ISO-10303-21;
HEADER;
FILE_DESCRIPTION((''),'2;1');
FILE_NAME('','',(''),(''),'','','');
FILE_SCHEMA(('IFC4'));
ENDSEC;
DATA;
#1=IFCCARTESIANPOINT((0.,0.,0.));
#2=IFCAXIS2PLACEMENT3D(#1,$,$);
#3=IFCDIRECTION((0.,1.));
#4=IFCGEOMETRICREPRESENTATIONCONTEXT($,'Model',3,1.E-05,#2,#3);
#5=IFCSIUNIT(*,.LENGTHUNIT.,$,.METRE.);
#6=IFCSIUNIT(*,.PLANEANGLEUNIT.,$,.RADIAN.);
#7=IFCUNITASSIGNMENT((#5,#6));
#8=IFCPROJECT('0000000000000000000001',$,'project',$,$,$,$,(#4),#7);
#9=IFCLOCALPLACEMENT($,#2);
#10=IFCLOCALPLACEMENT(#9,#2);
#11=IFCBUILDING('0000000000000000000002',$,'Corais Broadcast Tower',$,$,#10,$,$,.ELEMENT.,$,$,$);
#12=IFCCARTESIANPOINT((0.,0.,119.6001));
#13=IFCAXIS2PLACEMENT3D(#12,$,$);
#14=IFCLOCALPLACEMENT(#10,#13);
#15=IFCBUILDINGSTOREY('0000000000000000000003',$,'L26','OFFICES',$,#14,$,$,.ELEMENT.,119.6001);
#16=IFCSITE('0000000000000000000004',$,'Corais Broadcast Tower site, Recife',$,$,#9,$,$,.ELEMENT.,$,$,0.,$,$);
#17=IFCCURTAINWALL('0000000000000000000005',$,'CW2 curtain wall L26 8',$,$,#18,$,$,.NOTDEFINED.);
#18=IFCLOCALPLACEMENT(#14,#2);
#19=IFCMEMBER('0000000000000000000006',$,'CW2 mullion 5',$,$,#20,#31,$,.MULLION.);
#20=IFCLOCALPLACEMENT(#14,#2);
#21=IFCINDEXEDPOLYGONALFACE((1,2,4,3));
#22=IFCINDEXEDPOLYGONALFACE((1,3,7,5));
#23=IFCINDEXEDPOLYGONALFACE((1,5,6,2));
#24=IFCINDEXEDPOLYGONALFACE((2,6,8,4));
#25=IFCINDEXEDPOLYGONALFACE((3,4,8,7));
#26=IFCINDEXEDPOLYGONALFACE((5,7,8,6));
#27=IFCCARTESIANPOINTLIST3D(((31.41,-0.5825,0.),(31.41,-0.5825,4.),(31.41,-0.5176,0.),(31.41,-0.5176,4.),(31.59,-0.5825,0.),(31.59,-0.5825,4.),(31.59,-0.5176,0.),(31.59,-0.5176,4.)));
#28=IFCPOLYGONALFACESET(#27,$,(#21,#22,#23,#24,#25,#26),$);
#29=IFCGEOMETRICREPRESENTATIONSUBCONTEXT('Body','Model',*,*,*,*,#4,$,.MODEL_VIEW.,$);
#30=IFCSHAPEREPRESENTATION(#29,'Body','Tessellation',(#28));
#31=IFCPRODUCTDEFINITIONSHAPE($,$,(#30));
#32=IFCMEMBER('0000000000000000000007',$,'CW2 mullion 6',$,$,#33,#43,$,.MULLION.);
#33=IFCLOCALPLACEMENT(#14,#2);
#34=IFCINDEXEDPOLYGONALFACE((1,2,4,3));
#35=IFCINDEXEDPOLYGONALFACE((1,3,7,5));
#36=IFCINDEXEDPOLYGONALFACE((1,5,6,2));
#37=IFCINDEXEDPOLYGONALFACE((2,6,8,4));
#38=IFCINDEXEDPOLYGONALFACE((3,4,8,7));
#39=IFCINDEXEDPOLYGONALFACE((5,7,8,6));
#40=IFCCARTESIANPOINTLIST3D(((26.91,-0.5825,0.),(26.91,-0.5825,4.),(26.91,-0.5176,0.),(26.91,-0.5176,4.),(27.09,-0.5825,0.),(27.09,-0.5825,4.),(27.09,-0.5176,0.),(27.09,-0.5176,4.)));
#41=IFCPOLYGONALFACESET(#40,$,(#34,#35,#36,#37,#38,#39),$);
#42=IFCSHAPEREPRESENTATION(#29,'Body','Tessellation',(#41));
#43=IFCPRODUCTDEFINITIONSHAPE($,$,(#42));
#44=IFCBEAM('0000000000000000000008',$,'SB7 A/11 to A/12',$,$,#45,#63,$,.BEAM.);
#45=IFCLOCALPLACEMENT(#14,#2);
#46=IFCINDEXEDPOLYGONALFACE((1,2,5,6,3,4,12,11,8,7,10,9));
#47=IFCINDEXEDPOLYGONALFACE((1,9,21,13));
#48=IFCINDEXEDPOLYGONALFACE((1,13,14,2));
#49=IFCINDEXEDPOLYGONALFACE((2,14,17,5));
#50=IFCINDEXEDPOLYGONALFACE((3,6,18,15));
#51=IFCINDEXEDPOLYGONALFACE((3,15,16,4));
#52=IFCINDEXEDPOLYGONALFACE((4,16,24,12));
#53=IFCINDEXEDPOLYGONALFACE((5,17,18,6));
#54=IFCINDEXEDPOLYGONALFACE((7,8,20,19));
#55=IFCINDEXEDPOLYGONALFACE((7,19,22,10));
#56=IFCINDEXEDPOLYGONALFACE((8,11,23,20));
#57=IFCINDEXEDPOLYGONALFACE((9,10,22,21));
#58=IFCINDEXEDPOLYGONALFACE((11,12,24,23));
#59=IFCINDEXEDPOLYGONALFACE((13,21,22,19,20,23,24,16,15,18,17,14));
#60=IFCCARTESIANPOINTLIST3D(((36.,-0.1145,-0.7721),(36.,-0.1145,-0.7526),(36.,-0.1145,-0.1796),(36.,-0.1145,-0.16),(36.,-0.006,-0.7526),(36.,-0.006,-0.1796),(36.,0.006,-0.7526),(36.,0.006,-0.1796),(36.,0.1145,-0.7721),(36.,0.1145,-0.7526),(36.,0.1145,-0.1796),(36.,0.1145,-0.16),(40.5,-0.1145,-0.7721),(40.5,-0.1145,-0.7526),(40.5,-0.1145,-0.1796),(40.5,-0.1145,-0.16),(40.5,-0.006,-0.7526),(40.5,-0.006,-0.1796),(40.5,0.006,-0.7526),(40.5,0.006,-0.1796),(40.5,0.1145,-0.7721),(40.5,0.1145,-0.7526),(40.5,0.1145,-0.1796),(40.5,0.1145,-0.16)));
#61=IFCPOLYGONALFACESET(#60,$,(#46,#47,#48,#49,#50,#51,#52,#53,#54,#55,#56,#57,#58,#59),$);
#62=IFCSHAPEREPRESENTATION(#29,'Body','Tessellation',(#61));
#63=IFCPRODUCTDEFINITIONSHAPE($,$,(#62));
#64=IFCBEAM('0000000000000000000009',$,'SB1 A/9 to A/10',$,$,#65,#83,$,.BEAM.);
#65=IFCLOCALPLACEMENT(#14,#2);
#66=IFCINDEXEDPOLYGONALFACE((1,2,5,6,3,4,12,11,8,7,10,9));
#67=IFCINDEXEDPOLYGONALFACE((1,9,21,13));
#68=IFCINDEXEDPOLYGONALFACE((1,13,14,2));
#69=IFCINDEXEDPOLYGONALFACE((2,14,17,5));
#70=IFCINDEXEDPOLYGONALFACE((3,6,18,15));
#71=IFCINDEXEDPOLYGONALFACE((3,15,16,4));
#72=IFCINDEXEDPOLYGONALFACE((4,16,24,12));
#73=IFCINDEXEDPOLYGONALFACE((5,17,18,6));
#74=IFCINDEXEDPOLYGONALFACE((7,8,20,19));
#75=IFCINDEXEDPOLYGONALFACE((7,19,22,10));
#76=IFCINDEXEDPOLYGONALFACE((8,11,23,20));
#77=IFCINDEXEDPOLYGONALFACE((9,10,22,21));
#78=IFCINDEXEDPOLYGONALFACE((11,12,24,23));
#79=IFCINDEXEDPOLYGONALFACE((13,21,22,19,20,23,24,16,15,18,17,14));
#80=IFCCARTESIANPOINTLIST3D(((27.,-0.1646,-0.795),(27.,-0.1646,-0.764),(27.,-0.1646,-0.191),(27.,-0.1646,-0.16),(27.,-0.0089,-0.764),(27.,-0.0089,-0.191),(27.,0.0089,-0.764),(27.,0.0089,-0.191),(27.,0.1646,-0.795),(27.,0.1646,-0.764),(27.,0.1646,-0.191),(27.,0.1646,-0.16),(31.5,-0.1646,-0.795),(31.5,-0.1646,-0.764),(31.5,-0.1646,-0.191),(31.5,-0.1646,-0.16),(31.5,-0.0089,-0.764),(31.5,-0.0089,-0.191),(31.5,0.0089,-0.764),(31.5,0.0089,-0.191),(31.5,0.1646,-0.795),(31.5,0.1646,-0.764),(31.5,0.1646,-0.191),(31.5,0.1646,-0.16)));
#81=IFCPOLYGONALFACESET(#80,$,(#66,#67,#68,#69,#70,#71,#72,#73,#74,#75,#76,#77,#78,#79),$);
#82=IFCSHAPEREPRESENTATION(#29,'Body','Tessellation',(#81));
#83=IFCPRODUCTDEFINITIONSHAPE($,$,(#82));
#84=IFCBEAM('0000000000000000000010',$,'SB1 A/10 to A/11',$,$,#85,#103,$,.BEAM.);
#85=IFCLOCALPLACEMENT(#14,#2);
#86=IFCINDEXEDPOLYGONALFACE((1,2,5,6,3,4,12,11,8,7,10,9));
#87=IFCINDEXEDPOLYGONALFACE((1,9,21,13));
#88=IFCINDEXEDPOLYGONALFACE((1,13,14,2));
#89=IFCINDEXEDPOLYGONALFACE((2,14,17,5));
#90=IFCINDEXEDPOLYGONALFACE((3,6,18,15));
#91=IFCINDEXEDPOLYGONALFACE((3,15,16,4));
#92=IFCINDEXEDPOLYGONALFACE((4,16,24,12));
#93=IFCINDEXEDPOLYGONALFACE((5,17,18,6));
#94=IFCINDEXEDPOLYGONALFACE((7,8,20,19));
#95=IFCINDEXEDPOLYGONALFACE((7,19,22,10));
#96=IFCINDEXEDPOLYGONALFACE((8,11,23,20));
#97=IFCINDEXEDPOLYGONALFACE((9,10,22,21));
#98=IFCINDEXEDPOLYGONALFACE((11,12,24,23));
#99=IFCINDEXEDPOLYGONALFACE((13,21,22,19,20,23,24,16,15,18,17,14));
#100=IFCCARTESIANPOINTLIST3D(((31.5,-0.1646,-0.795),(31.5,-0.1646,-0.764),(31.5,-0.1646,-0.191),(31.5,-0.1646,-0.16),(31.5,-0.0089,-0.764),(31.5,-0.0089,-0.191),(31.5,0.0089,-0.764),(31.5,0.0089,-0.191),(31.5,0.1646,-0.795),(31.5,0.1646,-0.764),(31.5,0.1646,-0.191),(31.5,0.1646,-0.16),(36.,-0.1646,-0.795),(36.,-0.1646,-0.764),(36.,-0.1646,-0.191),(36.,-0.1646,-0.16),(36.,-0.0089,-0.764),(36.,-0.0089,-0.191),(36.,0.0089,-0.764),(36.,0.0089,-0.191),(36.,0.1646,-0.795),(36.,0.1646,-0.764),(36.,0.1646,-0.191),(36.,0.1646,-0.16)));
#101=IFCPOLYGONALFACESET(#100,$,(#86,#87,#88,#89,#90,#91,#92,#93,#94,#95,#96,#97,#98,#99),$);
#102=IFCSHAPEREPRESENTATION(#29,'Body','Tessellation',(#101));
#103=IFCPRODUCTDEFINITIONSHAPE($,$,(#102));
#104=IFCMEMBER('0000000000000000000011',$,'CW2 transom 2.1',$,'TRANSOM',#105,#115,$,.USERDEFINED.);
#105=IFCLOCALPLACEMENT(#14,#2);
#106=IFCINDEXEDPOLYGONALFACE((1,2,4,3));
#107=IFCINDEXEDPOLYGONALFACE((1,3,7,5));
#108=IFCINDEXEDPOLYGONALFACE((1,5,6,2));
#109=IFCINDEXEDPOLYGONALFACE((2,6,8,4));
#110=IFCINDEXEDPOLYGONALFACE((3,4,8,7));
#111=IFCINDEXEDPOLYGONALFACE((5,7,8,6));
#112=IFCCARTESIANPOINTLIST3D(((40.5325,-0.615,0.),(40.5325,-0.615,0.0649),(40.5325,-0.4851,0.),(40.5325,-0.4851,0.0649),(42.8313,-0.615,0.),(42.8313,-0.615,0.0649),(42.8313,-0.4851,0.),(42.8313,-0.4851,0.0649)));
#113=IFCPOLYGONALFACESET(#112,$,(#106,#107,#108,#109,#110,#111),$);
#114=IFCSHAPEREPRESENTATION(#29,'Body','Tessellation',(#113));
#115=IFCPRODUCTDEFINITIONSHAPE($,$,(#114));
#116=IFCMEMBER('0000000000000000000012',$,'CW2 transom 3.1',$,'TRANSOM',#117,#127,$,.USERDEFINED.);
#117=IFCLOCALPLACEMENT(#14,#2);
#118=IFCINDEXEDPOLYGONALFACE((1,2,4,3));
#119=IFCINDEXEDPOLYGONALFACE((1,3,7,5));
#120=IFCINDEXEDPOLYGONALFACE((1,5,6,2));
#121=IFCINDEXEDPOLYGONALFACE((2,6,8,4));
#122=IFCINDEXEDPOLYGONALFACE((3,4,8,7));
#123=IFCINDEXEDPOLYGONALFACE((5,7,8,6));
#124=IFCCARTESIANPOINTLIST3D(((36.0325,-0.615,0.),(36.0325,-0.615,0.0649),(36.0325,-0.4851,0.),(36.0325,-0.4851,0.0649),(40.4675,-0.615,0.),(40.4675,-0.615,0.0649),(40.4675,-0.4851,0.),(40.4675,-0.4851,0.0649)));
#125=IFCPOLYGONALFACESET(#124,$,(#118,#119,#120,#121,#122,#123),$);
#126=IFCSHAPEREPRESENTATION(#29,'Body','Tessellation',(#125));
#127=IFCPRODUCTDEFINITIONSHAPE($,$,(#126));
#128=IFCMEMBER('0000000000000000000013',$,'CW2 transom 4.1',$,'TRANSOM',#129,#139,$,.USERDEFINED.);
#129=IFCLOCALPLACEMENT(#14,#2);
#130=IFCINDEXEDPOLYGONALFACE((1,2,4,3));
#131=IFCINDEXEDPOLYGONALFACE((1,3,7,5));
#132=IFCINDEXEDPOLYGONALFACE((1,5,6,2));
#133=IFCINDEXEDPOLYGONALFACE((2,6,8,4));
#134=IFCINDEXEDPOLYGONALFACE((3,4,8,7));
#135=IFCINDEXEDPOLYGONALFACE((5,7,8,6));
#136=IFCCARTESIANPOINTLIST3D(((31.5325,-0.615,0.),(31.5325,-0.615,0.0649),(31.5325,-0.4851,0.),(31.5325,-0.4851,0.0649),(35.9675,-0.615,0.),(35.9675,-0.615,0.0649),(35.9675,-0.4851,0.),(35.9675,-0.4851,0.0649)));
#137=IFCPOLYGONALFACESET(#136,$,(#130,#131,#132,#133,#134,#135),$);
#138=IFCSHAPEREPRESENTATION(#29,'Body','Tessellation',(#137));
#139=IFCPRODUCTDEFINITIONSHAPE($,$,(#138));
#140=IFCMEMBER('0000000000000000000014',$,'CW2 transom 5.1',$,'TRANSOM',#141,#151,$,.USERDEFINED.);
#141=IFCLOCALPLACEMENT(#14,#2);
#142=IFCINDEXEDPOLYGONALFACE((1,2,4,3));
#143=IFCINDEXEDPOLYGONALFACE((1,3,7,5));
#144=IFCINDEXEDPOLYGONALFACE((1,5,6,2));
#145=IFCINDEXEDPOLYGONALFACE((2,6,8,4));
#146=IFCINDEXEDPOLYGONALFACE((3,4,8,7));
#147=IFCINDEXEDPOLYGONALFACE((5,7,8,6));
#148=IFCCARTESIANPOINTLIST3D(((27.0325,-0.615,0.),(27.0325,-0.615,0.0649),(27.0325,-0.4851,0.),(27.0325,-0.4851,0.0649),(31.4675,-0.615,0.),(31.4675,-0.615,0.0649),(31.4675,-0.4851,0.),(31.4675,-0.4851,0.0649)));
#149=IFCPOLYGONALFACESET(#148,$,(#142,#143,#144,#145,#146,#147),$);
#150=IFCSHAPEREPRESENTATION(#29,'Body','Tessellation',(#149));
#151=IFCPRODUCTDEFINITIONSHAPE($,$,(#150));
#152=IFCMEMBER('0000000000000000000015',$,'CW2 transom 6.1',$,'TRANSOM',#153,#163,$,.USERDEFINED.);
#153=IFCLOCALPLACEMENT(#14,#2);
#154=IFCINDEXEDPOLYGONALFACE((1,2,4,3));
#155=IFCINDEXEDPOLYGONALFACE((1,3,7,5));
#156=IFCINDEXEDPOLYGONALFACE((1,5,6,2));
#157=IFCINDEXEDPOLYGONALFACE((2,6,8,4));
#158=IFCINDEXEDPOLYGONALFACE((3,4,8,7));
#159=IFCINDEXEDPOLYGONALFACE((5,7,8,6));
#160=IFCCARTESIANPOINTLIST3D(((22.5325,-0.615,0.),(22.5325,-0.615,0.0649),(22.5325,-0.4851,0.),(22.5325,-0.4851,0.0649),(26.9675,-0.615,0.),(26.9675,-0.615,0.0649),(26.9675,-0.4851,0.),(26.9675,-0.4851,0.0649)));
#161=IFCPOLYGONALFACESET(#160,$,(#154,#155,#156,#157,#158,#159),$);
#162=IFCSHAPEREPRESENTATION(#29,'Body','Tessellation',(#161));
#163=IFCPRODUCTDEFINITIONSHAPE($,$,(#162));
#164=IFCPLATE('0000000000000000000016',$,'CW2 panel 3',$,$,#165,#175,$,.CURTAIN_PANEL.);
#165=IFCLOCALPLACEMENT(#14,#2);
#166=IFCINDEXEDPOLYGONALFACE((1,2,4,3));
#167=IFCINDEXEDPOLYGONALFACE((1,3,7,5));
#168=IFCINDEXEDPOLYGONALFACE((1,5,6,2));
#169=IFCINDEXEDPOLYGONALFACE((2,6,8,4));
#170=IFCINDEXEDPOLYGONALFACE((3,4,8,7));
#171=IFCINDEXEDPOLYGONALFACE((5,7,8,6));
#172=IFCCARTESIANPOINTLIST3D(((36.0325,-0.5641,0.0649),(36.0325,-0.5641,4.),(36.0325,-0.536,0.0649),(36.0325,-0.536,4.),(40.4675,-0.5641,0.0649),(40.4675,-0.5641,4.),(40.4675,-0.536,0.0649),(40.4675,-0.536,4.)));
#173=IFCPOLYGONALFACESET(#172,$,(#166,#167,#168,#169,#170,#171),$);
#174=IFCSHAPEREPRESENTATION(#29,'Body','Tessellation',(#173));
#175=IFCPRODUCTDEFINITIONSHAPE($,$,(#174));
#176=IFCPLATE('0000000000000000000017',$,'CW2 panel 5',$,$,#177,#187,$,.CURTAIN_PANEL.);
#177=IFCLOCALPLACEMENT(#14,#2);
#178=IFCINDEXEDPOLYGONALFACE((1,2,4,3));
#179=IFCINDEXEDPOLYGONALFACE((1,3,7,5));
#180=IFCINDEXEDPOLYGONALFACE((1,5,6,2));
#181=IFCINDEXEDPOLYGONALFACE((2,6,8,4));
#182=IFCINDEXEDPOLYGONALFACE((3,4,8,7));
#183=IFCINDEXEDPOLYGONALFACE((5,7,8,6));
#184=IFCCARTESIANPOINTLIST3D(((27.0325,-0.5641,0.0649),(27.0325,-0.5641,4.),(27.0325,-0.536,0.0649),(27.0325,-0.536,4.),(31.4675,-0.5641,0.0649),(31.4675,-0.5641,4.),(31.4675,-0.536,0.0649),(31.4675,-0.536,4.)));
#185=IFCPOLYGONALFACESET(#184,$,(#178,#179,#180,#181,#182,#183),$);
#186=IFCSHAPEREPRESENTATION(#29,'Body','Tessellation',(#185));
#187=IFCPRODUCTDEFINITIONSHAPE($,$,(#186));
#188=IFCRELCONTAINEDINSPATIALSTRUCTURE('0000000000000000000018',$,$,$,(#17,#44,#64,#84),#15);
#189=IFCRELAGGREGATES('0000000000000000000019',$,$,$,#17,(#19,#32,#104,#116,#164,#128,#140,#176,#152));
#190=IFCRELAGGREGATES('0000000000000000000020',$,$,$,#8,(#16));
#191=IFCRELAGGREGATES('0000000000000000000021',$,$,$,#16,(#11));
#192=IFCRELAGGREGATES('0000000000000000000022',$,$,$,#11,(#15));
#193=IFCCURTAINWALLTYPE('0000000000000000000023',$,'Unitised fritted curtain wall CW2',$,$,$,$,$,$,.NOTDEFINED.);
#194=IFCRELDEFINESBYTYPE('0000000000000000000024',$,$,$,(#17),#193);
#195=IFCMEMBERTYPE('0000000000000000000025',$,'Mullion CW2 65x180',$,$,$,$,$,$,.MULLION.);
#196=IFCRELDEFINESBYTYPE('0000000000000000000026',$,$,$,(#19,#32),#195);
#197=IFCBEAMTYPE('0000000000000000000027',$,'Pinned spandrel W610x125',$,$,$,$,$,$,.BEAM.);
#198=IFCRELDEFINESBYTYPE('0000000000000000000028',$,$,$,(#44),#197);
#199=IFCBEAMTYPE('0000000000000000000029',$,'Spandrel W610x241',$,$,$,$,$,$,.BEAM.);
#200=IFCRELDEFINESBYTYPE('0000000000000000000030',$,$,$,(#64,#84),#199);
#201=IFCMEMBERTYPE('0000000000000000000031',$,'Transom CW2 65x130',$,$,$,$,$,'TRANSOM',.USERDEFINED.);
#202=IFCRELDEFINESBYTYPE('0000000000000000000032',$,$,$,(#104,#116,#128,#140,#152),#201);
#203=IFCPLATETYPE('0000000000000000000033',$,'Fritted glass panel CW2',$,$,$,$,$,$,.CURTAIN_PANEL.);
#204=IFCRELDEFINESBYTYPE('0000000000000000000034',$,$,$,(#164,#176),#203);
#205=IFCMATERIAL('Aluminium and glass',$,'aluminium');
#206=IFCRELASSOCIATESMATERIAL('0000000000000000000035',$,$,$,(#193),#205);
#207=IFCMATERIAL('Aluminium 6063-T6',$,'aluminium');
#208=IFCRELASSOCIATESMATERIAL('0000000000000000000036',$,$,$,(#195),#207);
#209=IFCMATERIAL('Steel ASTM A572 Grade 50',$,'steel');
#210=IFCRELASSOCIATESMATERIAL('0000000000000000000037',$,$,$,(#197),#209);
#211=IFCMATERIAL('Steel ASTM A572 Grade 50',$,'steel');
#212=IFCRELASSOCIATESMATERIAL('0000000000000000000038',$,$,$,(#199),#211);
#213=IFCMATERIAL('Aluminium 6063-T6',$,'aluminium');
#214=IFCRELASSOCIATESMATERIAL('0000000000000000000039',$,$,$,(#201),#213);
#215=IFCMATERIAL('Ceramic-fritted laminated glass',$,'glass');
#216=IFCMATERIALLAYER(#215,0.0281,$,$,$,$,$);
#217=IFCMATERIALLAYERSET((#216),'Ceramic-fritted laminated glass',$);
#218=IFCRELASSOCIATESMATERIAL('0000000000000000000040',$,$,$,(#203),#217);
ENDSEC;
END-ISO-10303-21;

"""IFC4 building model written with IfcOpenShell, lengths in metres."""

from ifc_helpers import new_model, si_unit, direction, frame, origin, origin_2d, place, context, subcontext, project, spatial, rectangle, i_section, extrude, material, layer, layer_set, material_profile, profile_set, type_object, element, aggregate, save


model = new_model("IFC4")

# Units and contexts
model_context = context("Model", 3, precision=1e-05, world=origin(), true_north=direction((0.0, 1.0)))
body_context = subcontext(model_context, "Body", "Model", "MODEL_VIEW")
ifc_project = project(units=[si_unit("LENGTHUNIT", "METRE"), si_unit("PLANEANGLEUNIT", "RADIAN")], contexts=[model_context])

# Site, building, storey
site_placement = place(None, origin())
site = spatial("IfcSite", under=ifc_project, at=site_placement, Name="Corais Broadcast Tower site, Recife", CompositionType="ELEMENT", RefElevation=0.0)
building_placement = place(site_placement, origin())
building = spatial("IfcBuilding", under=site, at=building_placement, Name="Corais Broadcast Tower", CompositionType="ELEMENT")
storey_placement = place(building_placement, frame((0.0, 0.0, 119.6001)))
storey = spatial("IfcBuildingStorey", under=building, at=storey_placement, Name="L26", Description="OFFICES", CompositionType="ELEMENT", Elevation=119.6001)

# Curtain wall, members
ifc_material_1 = material(Name="Aluminium and glass", Category="aluminium")
curtain_wall_type = type_object("IfcCurtainWallType", Name="Unitised fritted curtain wall CW2", PredefinedType="NOTDEFINED", material=ifc_material_1)
curtain_wall_placement = place(storey_placement, origin())
curtain_wall = element("IfcCurtainWall", 1, at=curtain_wall_placement, inside=storey, type_object=curtain_wall_type, Name="CW2 curtain wall L26 8", PredefinedType="NOTDEFINED")
ifc_material_2 = material(Name="Aluminium 6063-T6", Category="aluminium")
ifc_material_profile_1 = material_profile(ifc_material_2, rectangle(XDim=0.0649, YDim=0.1799, at=origin_2d()), Name="Mullion CW2 65x180")
ifc_profile_set_1 = profile_set([ifc_material_profile_1], Name="Aluminium 6063-T6")
member_type_1 = type_object("IfcMemberType", Name="Mullion CW2 65x180", PredefinedType="MULLION", material=ifc_profile_set_1)
member_1_placement = place(storey_placement, frame((31.5, -0.55, 0.0), z_axis=(0.0, 0.0, 1.0), x_axis=(0.0, -1.0, 0.0)))
member_1 = element("IfcMember", 2, at=member_1_placement, type_object=member_type_1, Name="CW2 mullion 5", PredefinedType="MULLION", context=body_context, shape_type="SweptSolid", body=[
    extrude(rectangle(XDim=0.0649, YDim=0.1799, at=origin_2d()), origin(), (0.0, 0.0, 1.0), 4.0),
])
member_2_placement = place(storey_placement, frame((27.0, -0.55, 0.0), z_axis=(0.0, 0.0, 1.0), x_axis=(0.0, -1.0, 0.0)))
member_2 = element("IfcMember", 3, at=member_2_placement, type_object=member_type_1, Name="CW2 mullion 6", PredefinedType="MULLION", context=body_context, shape_type="SweptSolid", body=[
    extrude(rectangle(XDim=0.0649, YDim=0.1799, at=origin_2d()), origin(), (0.0, 0.0, 1.0), 4.0),
])

# Beams
ifc_material_3 = material(Name="Steel ASTM A572 Grade 50", Category="steel")
ifc_material_profile_2 = material_profile(ifc_material_3, i_section(OverallWidth=0.229, OverallDepth=0.6121, WebThickness=0.012, FlangeThickness=0.0195, at=origin_2d()), Name="W610x125")
ifc_profile_set_2 = profile_set([ifc_material_profile_2], Name="Steel ASTM A572 Grade 50")
beam_type_1 = type_object("IfcBeamType", Name="Pinned spandrel W610x125", PredefinedType="BEAM", material=ifc_profile_set_2)
beam_placement = place(storey_placement, frame((36.0, 0.0, -0.4661), z_axis=(1.0, 0.0, 0.0), x_axis=(0.0, 1.0, 0.0)))
element("IfcBeam", 4, at=beam_placement, inside=storey, type_object=beam_type_1, Name="SB7 A/11 to A/12", PredefinedType="BEAM", context=body_context, shape_type="SweptSolid", body=[
    extrude(i_section(OverallWidth=0.229, OverallDepth=0.6121, WebThickness=0.012, FlangeThickness=0.0195, at=origin_2d()), origin(), (0.0, 0.0, 1.0), 4.5),
])
ifc_material_4 = material(Name="Steel ASTM A572 Grade 50", Category="steel")
ifc_material_profile_3 = material_profile(ifc_material_4, i_section(OverallWidth=0.3291, OverallDepth=0.635, WebThickness=0.0178, FlangeThickness=0.031, at=origin_2d()), Name="W610x241")
ifc_profile_set_3 = profile_set([ifc_material_profile_3], Name="Steel ASTM A572 Grade 50")
beam_type_2 = type_object("IfcBeamType", Name="Spandrel W610x241", PredefinedType="BEAM", material=ifc_profile_set_3)
for number, where, z_axis, x_axis, name in (
    (5, (27.0, 0.0, -0.4775), (1.0, 0.0, 0.0), (0.0, 1.0, 0.0), "SB1 A/9 to A/10"),
    (6, (31.5, 0.0, -0.4775), (1.0, 0.0, 0.0), (0.0, 1.0, 0.0), "SB1 A/10 to A/11"),
):
    element("IfcBeam", number, at=place(storey_placement, frame(where, z_axis=z_axis, x_axis=x_axis)), inside=storey, type_object=beam_type_2, Name=name, PredefinedType="BEAM", context=body_context, shape_type="SweptSolid", body=[
        extrude(i_section(OverallWidth=0.3291, OverallDepth=0.635, WebThickness=0.0178, FlangeThickness=0.031, at=origin_2d()), origin(), (0.0, 0.0, 1.0), 4.5),
    ])

# Members
ifc_material_5 = material(Name="Aluminium 6063-T6", Category="aluminium")
ifc_material_profile_4 = material_profile(ifc_material_5, rectangle(XDim=0.1299, YDim=0.0649, at=origin_2d()), Name="Transom CW2 65x130")
ifc_profile_set_4 = profile_set([ifc_material_profile_4], Name="Aluminium 6063-T6")
member_type_2 = type_object("IfcMemberType", Name="Transom CW2 65x130", ElementType="TRANSOM", PredefinedType="USERDEFINED", material=ifc_profile_set_4)
member_3_placement = place(storey_placement, frame((42.8313, -0.55, 0.0325), z_axis=(-1.0, 0.0, 0.0), x_axis=(0.0, -1.0, 0.0)))
member_3 = element("IfcMember", 7, at=member_3_placement, type_object=member_type_2, Name="CW2 transom 2.1", ObjectType="TRANSOM", PredefinedType="USERDEFINED", context=body_context, shape_type="SweptSolid", body=[
    extrude(rectangle(XDim=0.1299, YDim=0.0649, at=origin_2d()), origin(), (0.0, 0.0, 1.0), 2.2988),
])
member_4_placement = place(storey_placement, frame((40.4675, -0.55, 0.0325), z_axis=(-1.0, 0.0, 0.0), x_axis=(0.0, -1.0, 0.0)))
member_4 = element("IfcMember", 8, at=member_4_placement, type_object=member_type_2, Name="CW2 transom 3.1", ObjectType="TRANSOM", PredefinedType="USERDEFINED", context=body_context, shape_type="SweptSolid", body=[
    extrude(rectangle(XDim=0.1299, YDim=0.0649, at=origin_2d()), origin(), (0.0, 0.0, 1.0), 4.4351),
])
member_5_placement = place(storey_placement, frame((35.9675, -0.55, 0.0325), z_axis=(-1.0, 0.0, 0.0), x_axis=(0.0, -1.0, 0.0)))
member_5 = element("IfcMember", 9, at=member_5_placement, type_object=member_type_2, Name="CW2 transom 4.1", ObjectType="TRANSOM", PredefinedType="USERDEFINED", context=body_context, shape_type="SweptSolid", body=[
    extrude(rectangle(XDim=0.1299, YDim=0.0649, at=origin_2d()), origin(), (0.0, 0.0, 1.0), 4.4351),
])
member_6_placement = place(storey_placement, frame((31.4675, -0.55, 0.0325), z_axis=(-1.0, 0.0, 0.0), x_axis=(0.0, -1.0, 0.0)))
member_6 = element("IfcMember", 10, at=member_6_placement, type_object=member_type_2, Name="CW2 transom 5.1", ObjectType="TRANSOM", PredefinedType="USERDEFINED", context=body_context, shape_type="SweptSolid", body=[
    extrude(rectangle(XDim=0.1299, YDim=0.0649, at=origin_2d()), origin(), (0.0, 0.0, 1.0), 4.4351),
])
member_7_placement = place(storey_placement, frame((26.9675, -0.55, 0.0325), z_axis=(-1.0, 0.0, 0.0), x_axis=(0.0, -1.0, 0.0)))
member_7 = element("IfcMember", 11, at=member_7_placement, type_object=member_type_2, Name="CW2 transom 6.1", ObjectType="TRANSOM", PredefinedType="USERDEFINED", context=body_context, shape_type="SweptSolid", body=[
    extrude(rectangle(XDim=0.1299, YDim=0.0649, at=origin_2d()), origin(), (0.0, 0.0, 1.0), 4.4351),
])

# Plates
ifc_material_6 = material(Name="Ceramic-fritted laminated glass", Category="glass")
ifc_layer_1 = layer(ifc_material_6, 0.0281)
ifc_layer_set_1 = layer_set([ifc_layer_1], Name="Ceramic-fritted laminated glass")
plate_type_1 = type_object("IfcPlateType", Name="Fritted glass panel CW2", PredefinedType="CURTAIN_PANEL", material=ifc_layer_set_1)
plate_1_placement = place(storey_placement, frame((38.25, -0.55, 0.0649), z_axis=(0.0, 0.0, 1.0), x_axis=(-1.0, 0.0, 0.0)))
plate_1 = element("IfcPlate", 12, at=plate_1_placement, type_object=plate_type_1, Name="CW2 panel 3", PredefinedType="CURTAIN_PANEL", context=body_context, shape_type="SweptSolid", body=[
    extrude(rectangle(XDim=4.4351, YDim=0.0281, at=origin_2d()), origin(), (0.0, 0.0, 1.0), 3.9351),
])
plate_2_placement = place(storey_placement, frame((29.25, -0.55, 0.0649), z_axis=(0.0, 0.0, 1.0), x_axis=(-1.0, 0.0, 0.0)))
plate_2 = element("IfcPlate", 13, at=plate_2_placement, type_object=plate_type_1, Name="CW2 panel 5", PredefinedType="CURTAIN_PANEL", context=body_context, shape_type="SweptSolid", body=[
    extrude(rectangle(XDim=4.4351, YDim=0.0281, at=origin_2d()), origin(), (0.0, 0.0, 1.0), 3.9351),
])
aggregate(curtain_wall, [member_1, member_2, member_3, member_4, plate_1, member_5, member_6, plate_2, member_7])

save(model, "model.ifc")
